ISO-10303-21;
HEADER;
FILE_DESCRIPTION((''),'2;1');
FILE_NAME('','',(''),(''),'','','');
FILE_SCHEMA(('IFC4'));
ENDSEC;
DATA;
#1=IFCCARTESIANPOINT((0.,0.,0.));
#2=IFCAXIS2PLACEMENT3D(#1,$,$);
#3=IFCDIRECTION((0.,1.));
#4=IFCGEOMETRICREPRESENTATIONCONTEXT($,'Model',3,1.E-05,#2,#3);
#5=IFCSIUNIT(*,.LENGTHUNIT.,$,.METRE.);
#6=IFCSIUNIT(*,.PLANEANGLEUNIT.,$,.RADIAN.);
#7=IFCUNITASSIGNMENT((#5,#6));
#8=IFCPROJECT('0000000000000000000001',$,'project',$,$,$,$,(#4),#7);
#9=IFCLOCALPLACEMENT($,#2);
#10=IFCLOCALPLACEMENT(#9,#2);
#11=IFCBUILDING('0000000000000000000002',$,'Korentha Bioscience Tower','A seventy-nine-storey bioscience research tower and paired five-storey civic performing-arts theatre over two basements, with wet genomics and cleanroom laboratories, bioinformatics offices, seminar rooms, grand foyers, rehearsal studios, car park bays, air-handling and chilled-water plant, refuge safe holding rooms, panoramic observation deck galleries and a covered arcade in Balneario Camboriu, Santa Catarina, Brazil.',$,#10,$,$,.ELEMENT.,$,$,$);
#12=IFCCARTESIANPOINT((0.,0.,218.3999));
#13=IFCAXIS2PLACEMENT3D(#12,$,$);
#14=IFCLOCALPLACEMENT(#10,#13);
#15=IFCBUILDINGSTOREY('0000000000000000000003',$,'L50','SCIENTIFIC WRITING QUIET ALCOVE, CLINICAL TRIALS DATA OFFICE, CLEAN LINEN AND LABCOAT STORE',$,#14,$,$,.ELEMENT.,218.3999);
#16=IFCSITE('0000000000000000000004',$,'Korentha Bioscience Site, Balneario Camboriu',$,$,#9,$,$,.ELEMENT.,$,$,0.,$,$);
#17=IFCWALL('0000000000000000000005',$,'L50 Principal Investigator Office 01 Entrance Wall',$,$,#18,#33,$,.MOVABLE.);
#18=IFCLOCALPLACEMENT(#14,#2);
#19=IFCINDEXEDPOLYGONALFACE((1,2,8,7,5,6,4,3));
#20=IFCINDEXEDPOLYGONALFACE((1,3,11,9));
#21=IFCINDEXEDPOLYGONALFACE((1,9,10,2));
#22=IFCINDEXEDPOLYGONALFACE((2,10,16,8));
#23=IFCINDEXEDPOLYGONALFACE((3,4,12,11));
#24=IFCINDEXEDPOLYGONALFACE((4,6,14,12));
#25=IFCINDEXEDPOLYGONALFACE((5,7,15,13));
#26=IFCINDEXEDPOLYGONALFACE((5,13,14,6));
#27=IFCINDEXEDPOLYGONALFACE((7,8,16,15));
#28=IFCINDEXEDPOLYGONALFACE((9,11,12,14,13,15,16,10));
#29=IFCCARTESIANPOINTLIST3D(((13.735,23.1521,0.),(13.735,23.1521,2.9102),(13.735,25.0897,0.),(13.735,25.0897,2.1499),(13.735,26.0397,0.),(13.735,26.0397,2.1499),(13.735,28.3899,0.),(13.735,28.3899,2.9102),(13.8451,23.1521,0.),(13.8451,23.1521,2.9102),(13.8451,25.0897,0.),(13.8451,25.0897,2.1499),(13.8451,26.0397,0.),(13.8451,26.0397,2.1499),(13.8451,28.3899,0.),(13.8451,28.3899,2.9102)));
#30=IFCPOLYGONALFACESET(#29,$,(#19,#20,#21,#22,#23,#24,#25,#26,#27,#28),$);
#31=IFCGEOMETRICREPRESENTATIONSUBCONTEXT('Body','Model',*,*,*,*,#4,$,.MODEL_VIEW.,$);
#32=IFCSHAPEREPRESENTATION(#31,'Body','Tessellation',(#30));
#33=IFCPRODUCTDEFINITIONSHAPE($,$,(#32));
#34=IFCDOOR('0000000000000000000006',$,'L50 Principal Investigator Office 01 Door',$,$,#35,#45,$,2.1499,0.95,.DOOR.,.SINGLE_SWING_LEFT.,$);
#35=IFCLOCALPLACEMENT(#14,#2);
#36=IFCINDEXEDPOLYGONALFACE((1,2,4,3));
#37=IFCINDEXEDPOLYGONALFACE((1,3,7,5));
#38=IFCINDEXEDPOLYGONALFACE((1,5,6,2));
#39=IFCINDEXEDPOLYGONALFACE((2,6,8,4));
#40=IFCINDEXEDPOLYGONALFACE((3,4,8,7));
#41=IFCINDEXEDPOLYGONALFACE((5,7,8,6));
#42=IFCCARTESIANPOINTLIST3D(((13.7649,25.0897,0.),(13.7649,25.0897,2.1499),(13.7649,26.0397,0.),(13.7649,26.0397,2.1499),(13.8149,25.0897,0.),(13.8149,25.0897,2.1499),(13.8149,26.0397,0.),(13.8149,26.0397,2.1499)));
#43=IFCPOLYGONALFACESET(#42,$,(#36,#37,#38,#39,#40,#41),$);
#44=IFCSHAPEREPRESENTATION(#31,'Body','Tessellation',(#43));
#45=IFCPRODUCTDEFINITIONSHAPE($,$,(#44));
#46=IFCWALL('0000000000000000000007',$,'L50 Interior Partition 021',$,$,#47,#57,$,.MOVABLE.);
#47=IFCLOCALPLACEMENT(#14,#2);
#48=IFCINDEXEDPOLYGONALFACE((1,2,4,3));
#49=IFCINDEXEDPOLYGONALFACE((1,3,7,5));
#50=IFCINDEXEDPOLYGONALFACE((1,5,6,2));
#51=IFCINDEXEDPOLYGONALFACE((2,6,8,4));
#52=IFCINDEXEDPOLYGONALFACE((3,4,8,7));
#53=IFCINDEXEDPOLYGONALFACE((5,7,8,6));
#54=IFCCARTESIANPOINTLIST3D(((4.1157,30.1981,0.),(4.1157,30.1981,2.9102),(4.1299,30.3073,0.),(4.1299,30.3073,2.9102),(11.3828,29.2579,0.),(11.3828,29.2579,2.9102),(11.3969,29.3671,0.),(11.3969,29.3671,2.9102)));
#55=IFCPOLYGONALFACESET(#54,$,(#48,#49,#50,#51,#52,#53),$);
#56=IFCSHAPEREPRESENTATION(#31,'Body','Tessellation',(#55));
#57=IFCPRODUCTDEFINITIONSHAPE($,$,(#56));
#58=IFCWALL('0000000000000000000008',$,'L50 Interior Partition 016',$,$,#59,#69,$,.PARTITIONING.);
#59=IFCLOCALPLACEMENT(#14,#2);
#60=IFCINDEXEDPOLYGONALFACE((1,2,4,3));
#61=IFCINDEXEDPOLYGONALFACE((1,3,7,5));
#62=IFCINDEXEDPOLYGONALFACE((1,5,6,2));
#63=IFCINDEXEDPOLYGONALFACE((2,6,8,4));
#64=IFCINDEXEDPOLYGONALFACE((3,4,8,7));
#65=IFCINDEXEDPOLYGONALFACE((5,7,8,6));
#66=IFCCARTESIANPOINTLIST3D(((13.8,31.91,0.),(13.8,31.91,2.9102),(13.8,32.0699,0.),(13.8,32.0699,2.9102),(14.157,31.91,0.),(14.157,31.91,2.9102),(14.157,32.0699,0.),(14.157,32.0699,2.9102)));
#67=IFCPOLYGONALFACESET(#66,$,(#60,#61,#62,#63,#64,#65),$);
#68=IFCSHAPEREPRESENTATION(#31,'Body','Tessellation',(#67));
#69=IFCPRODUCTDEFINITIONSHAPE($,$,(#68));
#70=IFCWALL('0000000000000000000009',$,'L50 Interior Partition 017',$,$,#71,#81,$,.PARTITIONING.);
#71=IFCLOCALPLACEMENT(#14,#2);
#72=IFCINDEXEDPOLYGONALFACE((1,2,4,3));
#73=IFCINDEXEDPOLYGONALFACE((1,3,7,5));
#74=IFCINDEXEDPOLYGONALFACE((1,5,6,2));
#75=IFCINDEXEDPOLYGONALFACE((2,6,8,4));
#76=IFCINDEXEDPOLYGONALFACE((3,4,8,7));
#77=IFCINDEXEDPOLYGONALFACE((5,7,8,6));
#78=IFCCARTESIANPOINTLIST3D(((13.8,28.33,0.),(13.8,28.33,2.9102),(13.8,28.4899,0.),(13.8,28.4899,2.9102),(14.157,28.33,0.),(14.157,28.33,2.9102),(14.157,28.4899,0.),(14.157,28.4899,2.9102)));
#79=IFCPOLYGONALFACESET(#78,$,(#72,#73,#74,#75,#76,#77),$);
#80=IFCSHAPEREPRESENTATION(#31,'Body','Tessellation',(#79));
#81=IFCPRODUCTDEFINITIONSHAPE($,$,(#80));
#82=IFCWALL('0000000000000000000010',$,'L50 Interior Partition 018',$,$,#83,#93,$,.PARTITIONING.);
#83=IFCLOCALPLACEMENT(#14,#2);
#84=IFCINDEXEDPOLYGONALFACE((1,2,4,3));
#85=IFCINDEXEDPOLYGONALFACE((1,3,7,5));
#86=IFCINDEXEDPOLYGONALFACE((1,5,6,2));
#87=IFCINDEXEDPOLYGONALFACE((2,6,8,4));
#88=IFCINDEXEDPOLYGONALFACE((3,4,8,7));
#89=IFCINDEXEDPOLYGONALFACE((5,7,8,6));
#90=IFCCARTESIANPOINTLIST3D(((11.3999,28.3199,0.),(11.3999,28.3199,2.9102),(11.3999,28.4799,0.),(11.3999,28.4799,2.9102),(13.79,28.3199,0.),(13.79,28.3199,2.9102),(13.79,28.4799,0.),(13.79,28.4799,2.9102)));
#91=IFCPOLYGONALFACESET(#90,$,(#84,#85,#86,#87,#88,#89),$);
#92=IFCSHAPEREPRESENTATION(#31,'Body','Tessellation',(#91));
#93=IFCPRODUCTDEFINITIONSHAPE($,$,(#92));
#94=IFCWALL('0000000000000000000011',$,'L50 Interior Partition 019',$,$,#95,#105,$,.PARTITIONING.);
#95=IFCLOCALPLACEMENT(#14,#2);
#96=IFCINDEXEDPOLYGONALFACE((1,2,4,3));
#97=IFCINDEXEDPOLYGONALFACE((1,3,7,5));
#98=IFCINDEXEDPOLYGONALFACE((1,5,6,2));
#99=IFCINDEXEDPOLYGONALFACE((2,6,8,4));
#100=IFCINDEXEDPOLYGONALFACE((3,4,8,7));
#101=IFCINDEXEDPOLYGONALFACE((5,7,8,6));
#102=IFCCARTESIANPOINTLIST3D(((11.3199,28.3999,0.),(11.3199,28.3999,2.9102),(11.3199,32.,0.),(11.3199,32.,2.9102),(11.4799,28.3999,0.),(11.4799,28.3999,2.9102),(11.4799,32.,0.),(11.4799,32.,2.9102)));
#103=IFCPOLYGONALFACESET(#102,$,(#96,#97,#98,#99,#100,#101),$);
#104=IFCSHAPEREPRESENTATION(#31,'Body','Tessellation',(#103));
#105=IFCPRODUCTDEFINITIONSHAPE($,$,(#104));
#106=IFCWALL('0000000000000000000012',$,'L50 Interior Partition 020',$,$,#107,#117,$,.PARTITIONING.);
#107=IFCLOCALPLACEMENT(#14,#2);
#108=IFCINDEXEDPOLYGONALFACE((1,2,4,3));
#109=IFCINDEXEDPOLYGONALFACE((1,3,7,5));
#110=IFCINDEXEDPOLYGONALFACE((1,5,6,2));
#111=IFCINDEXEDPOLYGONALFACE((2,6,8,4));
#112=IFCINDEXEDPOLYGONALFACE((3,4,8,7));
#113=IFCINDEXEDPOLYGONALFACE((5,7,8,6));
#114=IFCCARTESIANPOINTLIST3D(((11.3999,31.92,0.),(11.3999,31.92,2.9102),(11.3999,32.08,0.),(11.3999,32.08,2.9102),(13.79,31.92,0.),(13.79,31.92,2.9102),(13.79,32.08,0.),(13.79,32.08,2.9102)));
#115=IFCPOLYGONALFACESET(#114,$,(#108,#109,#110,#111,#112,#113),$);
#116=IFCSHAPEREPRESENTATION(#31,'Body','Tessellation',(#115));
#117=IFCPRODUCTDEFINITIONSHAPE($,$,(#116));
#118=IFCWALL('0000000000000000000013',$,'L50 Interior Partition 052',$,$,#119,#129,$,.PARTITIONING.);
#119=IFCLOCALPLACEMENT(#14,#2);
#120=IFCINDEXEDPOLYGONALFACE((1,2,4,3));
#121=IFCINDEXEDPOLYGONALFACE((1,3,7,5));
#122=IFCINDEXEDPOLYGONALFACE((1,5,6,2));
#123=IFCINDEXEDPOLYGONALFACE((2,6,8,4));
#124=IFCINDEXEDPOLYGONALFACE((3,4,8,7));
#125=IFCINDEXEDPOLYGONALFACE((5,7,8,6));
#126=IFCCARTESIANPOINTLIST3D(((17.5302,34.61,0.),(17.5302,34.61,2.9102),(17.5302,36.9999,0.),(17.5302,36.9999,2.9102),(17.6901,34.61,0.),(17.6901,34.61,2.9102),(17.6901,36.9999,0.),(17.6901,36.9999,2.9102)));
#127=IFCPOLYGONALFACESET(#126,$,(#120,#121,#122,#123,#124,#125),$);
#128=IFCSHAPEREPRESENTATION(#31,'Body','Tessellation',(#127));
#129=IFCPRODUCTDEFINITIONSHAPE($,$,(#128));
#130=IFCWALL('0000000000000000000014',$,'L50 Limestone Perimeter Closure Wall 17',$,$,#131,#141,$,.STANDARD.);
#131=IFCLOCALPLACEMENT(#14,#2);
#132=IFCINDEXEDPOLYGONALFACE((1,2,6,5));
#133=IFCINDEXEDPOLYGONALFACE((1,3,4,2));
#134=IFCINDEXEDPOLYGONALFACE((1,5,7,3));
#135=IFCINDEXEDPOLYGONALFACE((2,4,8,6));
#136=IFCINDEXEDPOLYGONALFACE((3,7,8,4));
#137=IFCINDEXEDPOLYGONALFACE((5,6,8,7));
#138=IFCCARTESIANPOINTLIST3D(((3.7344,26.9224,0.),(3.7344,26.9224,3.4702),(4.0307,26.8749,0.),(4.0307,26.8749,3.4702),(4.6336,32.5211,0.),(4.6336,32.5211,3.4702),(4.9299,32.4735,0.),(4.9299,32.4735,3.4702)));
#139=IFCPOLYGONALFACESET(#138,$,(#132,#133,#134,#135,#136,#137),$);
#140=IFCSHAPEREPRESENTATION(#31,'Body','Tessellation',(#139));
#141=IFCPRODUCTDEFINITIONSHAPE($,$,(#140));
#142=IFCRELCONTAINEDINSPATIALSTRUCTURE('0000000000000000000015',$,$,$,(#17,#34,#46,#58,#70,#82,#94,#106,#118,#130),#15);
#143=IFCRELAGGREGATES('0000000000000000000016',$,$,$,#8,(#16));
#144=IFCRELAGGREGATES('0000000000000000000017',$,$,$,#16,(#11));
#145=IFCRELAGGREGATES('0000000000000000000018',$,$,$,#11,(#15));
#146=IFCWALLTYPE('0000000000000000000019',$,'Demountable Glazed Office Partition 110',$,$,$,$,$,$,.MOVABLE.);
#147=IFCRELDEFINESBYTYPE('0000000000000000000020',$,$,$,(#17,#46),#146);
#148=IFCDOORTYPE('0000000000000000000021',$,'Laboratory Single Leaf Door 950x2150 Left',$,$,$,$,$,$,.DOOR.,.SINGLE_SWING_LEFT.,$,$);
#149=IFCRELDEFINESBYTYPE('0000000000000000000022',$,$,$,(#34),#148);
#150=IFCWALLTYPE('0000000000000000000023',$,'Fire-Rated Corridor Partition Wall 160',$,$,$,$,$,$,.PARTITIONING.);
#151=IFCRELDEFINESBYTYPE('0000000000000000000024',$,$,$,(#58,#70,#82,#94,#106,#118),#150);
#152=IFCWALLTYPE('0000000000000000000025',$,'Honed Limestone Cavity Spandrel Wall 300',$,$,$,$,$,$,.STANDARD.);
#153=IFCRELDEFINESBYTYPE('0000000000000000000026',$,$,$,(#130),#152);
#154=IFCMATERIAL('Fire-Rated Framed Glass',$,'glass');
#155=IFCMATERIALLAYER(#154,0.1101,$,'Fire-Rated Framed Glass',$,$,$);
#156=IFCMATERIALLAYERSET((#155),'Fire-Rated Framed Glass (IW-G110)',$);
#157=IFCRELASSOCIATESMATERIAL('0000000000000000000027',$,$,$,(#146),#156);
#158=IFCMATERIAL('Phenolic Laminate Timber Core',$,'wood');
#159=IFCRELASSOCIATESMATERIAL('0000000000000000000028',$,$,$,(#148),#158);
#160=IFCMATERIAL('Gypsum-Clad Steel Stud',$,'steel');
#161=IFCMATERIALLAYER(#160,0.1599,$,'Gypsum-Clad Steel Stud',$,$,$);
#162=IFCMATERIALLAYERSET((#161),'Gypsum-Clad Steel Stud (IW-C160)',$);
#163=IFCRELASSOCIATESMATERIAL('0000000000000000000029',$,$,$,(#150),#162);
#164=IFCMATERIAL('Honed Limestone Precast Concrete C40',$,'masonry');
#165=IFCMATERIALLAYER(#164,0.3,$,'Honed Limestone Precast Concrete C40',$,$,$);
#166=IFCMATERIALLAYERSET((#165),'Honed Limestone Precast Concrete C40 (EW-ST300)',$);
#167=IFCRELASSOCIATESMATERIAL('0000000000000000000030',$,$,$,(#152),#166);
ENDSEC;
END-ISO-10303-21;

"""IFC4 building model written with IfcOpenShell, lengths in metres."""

from ifc_helpers import new_model, si_unit, direction, frame, frame_2d, origin, place, context, subcontext, project, spatial, rectangle, extrude, material, layer, layer_set, type_object, element, fill, save


model = new_model("IFC4")

# Units and contexts
model_context = context("Model", 3, precision=1e-05, world=origin(), true_north=direction((0.0, 1.0)))
body_context = subcontext(model_context, "Body", "Model", "MODEL_VIEW")
ifc_project = project(units=[si_unit("LENGTHUNIT", "METRE"), si_unit("PLANEANGLEUNIT", "RADIAN")], contexts=[model_context])

# Site, building, storey
site_placement = place(None, origin())
site = spatial("IfcSite", under=ifc_project, at=site_placement, Name="Korentha Bioscience Site, Balneario Camboriu", CompositionType="ELEMENT", RefElevation=0.0)
building_placement = place(site_placement, origin())
building = spatial("IfcBuilding", under=site, at=building_placement, Name="Korentha Bioscience Tower", Description="A seventy-nine-storey bioscience research tower and paired five-storey civic performing-arts theatre over two basements, with wet genomics and cleanroom laboratories, bioinformatics offices, seminar rooms, grand foyers, rehearsal studios, car park bays, air-handling and chilled-water plant, refuge safe holding rooms, panoramic observation deck galleries and a covered arcade in Balneario Camboriu, Santa Catarina, Brazil.", CompositionType="ELEMENT")
storey_placement = place(building_placement, frame((0.0, 0.0, 218.3999)))
storey = spatial("IfcBuildingStorey", under=building, at=storey_placement, Name="L50", Description="SCIENTIFIC WRITING QUIET ALCOVE, CLINICAL TRIALS DATA OFFICE, CLEAN LINEN AND LABCOAT STORE", CompositionType="ELEMENT", Elevation=218.3999)

# Wall, opening, door
ifc_material_1 = material(Name="Fire-Rated Framed Glass", Category="glass")
ifc_layer_1 = layer(ifc_material_1, 0.1101, Name="Fire-Rated Framed Glass")
ifc_layer_set_1 = layer_set([ifc_layer_1], Name="Fire-Rated Framed Glass (IW-G110)")
wall_type_1 = type_object("IfcWallType", Name="Demountable Glazed Office Partition 110", PredefinedType="MOVABLE", material=ifc_layer_set_1)
wall_1_placement = place(storey_placement, frame((13.79, 28.3899, 0.0), z_axis=(0.0, 0.0, 1.0), x_axis=(0.0, -1.0, 0.0)))
wall_1 = element("IfcWall", 1, at=wall_1_placement, inside=storey, type_object=wall_type_1, Name="L50 Principal Investigator Office 01 Entrance Wall", PredefinedType="MOVABLE", context=body_context, shape_type="SweptSolid", body=[
    extrude(rectangle(XDim=5.2378, YDim=0.1101, at=frame_2d((2.6189, 0.0))), origin(), (0.0, 0.0, 1.0), 2.9102),
])
opening_1_placement = place(wall_1_placement, frame((2.3501, 0.0, 0.0)))
opening_1 = element("IfcOpeningElement", 2, at=opening_1_placement, cuts=wall_1, PredefinedType="OPENING", context=body_context, shape_type="SweptSolid", body=[
    extrude(rectangle(XDim=0.95, YDim=2.1499, at=frame_2d((0.4751, 1.075))), frame((0.0, 0.0698, 0.0), z_axis=(0.0, -1.0, 0.0), x_axis=(1.0, 0.0, 0.0)), (0.0, 0.0, 1.0), 0.1399),
])
ifc_material_2 = material(Name="Phenolic Laminate Timber Core", Category="wood")
door_type_1 = type_object("IfcDoorType", Name="Laboratory Single Leaf Door 950x2150 Left", OperationType="SINGLE_SWING_LEFT", PredefinedType="DOOR", material=ifc_material_2)
door_1_placement = place(opening_1_placement, origin())
door_1 = element("IfcDoor", 3, at=door_1_placement, inside=storey, type_object=door_type_1, Name="L50 Principal Investigator Office 01 Door", OperationType="SINGLE_SWING_LEFT", OverallHeight=2.1499, OverallWidth=0.95, PredefinedType="DOOR", context=body_context, shape_type="SweptSolid", body=[
    extrude(rectangle(XDim=0.95, YDim=2.1499, at=frame_2d((0.4751, 1.075))), frame((0.0, 0.0249, 0.0), z_axis=(0.0, -1.0, 0.0), x_axis=(1.0, 0.0, 0.0)), (0.0, 0.0, 1.0), 0.05),
])
fill(opening_1, door_1)

# Wall
wall_2_placement = place(storey_placement, frame((4.1228, 30.2527, 0.0), z_axis=(0.0, 0.0, 1.0), x_axis=(0.991735, -0.128306, 0.0)))
element("IfcWall", 4, at=wall_2_placement, inside=storey, type_object=wall_type_1, Name="L50 Interior Partition 021", PredefinedType="MOVABLE", context=body_context, shape_type="SweptSolid", body=[
    extrude(rectangle(XDim=7.3276, YDim=0.1101, at=frame_2d((3.6638, 0.0))), origin(), (0.0, 0.0, 1.0), 2.9102),
])

# Shared definitions
ifc_material_3 = material(Name="Gypsum-Clad Steel Stud", Category="steel")
ifc_layer_2 = layer(ifc_material_3, 0.1599, Name="Gypsum-Clad Steel Stud")
ifc_layer_set_2 = layer_set([ifc_layer_2], Name="Gypsum-Clad Steel Stud (IW-C160)")
wall_type_2 = type_object("IfcWallType", Name="Fire-Rated Corridor Partition Wall 160", PredefinedType="PARTITIONING", material=ifc_layer_set_2)

# Walls
for number, where, z_axis, x_axis, name in (
    (5, (13.8, 31.99, 0.0), (0.0, 0.0, 1.0), (1.0, 0.0, 0.0), "L50 Interior Partition 016"),
    (6, (14.157, 28.4099, 0.0), (0.0, 0.0, 1.0), (-1.0, 0.0, 0.0), "L50 Interior Partition 017"),
):
    element("IfcWall", number, at=place(storey_placement, frame(where, z_axis=z_axis, x_axis=x_axis)), inside=storey, type_object=wall_type_2, Name=name, PredefinedType="PARTITIONING", context=body_context, shape_type="SweptSolid", body=[
        extrude(rectangle(XDim=0.3569, YDim=0.1599, at=frame_2d((0.1785, 0.0))), origin(), (0.0, 0.0, 1.0), 2.9102),
    ])
wall_3_placement = place(storey_placement, frame((13.79, 28.3999, 0.0), z_axis=(0.0, 0.0, 1.0), x_axis=(-1.0, 0.0, 0.0)))
element("IfcWall", 7, at=wall_3_placement, inside=storey, type_object=wall_type_2, Name="L50 Interior Partition 018", PredefinedType="PARTITIONING", context=body_context, shape_type="SweptSolid", body=[
    extrude(rectangle(XDim=2.3901, YDim=0.1599, at=frame_2d((1.1951, 0.0))), origin(), (0.0, 0.0, 1.0), 2.9102),
])
wall_4_placement = place(storey_placement, frame((11.3999, 28.3999, 0.0), z_axis=(0.0, 0.0, 1.0), x_axis=(0.0, 1.0, 0.0)))
element("IfcWall", 8, at=wall_4_placement, inside=storey, type_object=wall_type_2, Name="L50 Interior Partition 019", PredefinedType="PARTITIONING", context=body_context, shape_type="SweptSolid", body=[
    extrude(rectangle(XDim=3.6001, YDim=0.1599, at=frame_2d((1.8, 0.0))), origin(), (0.0, 0.0, 1.0), 2.9102),
])
wall_5_placement = place(storey_placement, frame((11.3999, 32.0, 0.0), z_axis=(0.0, 0.0, 1.0), x_axis=(1.0, 0.0, 0.0)))
element("IfcWall", 9, at=wall_5_placement, inside=storey, type_object=wall_type_2, Name="L50 Interior Partition 020", PredefinedType="PARTITIONING", context=body_context, shape_type="SweptSolid", body=[
    extrude(rectangle(XDim=2.3901, YDim=0.1599, at=frame_2d((1.1951, 0.0))), origin(), (0.0, 0.0, 1.0), 2.9102),
])
wall_6_placement = place(storey_placement, frame((17.6101, 34.6101, 0.0), z_axis=(0.0, 0.0, 1.0), x_axis=(0.0, 1.0, 0.0)))
element("IfcWall", 10, at=wall_6_placement, inside=storey, type_object=wall_type_2, Name="L50 Interior Partition 052", PredefinedType="PARTITIONING", context=body_context, shape_type="SweptSolid", body=[
    extrude(rectangle(XDim=2.3899, YDim=0.1599, at=frame_2d((1.1948, 0.0))), origin(), (0.0, 0.0, 1.0), 2.9102),
])
ifc_material_4 = material(Name="Honed Limestone Precast Concrete C40", Category="masonry")
ifc_layer_3 = layer(ifc_material_4, 0.3, Name="Honed Limestone Precast Concrete C40")
ifc_layer_set_3 = layer_set([ifc_layer_3], Name="Honed Limestone Precast Concrete C40 (EW-ST300)")
wall_type_3 = type_object("IfcWallType", Name="Honed Limestone Cavity Spandrel Wall 300", PredefinedType="STANDARD", material=ifc_layer_set_3)
wall_7_placement = place(storey_placement, frame((4.7817, 32.4973, 0.0), z_axis=(0.0, 0.0, 1.0), x_axis=(-0.158573, -0.987347, 0.0)))
element("IfcWall", 11, at=wall_7_placement, inside=storey, type_object=wall_type_3, Name="L50 Limestone Perimeter Closure Wall 17", PredefinedType="STANDARD", context=body_context, shape_type="SweptSolid", body=[
    extrude(rectangle(XDim=5.6704, YDim=0.3, at=frame_2d((2.8352, 0.0))), origin(), (0.0, 0.0, 1.0), 3.4702),
])

save(model, "model.ifc")
